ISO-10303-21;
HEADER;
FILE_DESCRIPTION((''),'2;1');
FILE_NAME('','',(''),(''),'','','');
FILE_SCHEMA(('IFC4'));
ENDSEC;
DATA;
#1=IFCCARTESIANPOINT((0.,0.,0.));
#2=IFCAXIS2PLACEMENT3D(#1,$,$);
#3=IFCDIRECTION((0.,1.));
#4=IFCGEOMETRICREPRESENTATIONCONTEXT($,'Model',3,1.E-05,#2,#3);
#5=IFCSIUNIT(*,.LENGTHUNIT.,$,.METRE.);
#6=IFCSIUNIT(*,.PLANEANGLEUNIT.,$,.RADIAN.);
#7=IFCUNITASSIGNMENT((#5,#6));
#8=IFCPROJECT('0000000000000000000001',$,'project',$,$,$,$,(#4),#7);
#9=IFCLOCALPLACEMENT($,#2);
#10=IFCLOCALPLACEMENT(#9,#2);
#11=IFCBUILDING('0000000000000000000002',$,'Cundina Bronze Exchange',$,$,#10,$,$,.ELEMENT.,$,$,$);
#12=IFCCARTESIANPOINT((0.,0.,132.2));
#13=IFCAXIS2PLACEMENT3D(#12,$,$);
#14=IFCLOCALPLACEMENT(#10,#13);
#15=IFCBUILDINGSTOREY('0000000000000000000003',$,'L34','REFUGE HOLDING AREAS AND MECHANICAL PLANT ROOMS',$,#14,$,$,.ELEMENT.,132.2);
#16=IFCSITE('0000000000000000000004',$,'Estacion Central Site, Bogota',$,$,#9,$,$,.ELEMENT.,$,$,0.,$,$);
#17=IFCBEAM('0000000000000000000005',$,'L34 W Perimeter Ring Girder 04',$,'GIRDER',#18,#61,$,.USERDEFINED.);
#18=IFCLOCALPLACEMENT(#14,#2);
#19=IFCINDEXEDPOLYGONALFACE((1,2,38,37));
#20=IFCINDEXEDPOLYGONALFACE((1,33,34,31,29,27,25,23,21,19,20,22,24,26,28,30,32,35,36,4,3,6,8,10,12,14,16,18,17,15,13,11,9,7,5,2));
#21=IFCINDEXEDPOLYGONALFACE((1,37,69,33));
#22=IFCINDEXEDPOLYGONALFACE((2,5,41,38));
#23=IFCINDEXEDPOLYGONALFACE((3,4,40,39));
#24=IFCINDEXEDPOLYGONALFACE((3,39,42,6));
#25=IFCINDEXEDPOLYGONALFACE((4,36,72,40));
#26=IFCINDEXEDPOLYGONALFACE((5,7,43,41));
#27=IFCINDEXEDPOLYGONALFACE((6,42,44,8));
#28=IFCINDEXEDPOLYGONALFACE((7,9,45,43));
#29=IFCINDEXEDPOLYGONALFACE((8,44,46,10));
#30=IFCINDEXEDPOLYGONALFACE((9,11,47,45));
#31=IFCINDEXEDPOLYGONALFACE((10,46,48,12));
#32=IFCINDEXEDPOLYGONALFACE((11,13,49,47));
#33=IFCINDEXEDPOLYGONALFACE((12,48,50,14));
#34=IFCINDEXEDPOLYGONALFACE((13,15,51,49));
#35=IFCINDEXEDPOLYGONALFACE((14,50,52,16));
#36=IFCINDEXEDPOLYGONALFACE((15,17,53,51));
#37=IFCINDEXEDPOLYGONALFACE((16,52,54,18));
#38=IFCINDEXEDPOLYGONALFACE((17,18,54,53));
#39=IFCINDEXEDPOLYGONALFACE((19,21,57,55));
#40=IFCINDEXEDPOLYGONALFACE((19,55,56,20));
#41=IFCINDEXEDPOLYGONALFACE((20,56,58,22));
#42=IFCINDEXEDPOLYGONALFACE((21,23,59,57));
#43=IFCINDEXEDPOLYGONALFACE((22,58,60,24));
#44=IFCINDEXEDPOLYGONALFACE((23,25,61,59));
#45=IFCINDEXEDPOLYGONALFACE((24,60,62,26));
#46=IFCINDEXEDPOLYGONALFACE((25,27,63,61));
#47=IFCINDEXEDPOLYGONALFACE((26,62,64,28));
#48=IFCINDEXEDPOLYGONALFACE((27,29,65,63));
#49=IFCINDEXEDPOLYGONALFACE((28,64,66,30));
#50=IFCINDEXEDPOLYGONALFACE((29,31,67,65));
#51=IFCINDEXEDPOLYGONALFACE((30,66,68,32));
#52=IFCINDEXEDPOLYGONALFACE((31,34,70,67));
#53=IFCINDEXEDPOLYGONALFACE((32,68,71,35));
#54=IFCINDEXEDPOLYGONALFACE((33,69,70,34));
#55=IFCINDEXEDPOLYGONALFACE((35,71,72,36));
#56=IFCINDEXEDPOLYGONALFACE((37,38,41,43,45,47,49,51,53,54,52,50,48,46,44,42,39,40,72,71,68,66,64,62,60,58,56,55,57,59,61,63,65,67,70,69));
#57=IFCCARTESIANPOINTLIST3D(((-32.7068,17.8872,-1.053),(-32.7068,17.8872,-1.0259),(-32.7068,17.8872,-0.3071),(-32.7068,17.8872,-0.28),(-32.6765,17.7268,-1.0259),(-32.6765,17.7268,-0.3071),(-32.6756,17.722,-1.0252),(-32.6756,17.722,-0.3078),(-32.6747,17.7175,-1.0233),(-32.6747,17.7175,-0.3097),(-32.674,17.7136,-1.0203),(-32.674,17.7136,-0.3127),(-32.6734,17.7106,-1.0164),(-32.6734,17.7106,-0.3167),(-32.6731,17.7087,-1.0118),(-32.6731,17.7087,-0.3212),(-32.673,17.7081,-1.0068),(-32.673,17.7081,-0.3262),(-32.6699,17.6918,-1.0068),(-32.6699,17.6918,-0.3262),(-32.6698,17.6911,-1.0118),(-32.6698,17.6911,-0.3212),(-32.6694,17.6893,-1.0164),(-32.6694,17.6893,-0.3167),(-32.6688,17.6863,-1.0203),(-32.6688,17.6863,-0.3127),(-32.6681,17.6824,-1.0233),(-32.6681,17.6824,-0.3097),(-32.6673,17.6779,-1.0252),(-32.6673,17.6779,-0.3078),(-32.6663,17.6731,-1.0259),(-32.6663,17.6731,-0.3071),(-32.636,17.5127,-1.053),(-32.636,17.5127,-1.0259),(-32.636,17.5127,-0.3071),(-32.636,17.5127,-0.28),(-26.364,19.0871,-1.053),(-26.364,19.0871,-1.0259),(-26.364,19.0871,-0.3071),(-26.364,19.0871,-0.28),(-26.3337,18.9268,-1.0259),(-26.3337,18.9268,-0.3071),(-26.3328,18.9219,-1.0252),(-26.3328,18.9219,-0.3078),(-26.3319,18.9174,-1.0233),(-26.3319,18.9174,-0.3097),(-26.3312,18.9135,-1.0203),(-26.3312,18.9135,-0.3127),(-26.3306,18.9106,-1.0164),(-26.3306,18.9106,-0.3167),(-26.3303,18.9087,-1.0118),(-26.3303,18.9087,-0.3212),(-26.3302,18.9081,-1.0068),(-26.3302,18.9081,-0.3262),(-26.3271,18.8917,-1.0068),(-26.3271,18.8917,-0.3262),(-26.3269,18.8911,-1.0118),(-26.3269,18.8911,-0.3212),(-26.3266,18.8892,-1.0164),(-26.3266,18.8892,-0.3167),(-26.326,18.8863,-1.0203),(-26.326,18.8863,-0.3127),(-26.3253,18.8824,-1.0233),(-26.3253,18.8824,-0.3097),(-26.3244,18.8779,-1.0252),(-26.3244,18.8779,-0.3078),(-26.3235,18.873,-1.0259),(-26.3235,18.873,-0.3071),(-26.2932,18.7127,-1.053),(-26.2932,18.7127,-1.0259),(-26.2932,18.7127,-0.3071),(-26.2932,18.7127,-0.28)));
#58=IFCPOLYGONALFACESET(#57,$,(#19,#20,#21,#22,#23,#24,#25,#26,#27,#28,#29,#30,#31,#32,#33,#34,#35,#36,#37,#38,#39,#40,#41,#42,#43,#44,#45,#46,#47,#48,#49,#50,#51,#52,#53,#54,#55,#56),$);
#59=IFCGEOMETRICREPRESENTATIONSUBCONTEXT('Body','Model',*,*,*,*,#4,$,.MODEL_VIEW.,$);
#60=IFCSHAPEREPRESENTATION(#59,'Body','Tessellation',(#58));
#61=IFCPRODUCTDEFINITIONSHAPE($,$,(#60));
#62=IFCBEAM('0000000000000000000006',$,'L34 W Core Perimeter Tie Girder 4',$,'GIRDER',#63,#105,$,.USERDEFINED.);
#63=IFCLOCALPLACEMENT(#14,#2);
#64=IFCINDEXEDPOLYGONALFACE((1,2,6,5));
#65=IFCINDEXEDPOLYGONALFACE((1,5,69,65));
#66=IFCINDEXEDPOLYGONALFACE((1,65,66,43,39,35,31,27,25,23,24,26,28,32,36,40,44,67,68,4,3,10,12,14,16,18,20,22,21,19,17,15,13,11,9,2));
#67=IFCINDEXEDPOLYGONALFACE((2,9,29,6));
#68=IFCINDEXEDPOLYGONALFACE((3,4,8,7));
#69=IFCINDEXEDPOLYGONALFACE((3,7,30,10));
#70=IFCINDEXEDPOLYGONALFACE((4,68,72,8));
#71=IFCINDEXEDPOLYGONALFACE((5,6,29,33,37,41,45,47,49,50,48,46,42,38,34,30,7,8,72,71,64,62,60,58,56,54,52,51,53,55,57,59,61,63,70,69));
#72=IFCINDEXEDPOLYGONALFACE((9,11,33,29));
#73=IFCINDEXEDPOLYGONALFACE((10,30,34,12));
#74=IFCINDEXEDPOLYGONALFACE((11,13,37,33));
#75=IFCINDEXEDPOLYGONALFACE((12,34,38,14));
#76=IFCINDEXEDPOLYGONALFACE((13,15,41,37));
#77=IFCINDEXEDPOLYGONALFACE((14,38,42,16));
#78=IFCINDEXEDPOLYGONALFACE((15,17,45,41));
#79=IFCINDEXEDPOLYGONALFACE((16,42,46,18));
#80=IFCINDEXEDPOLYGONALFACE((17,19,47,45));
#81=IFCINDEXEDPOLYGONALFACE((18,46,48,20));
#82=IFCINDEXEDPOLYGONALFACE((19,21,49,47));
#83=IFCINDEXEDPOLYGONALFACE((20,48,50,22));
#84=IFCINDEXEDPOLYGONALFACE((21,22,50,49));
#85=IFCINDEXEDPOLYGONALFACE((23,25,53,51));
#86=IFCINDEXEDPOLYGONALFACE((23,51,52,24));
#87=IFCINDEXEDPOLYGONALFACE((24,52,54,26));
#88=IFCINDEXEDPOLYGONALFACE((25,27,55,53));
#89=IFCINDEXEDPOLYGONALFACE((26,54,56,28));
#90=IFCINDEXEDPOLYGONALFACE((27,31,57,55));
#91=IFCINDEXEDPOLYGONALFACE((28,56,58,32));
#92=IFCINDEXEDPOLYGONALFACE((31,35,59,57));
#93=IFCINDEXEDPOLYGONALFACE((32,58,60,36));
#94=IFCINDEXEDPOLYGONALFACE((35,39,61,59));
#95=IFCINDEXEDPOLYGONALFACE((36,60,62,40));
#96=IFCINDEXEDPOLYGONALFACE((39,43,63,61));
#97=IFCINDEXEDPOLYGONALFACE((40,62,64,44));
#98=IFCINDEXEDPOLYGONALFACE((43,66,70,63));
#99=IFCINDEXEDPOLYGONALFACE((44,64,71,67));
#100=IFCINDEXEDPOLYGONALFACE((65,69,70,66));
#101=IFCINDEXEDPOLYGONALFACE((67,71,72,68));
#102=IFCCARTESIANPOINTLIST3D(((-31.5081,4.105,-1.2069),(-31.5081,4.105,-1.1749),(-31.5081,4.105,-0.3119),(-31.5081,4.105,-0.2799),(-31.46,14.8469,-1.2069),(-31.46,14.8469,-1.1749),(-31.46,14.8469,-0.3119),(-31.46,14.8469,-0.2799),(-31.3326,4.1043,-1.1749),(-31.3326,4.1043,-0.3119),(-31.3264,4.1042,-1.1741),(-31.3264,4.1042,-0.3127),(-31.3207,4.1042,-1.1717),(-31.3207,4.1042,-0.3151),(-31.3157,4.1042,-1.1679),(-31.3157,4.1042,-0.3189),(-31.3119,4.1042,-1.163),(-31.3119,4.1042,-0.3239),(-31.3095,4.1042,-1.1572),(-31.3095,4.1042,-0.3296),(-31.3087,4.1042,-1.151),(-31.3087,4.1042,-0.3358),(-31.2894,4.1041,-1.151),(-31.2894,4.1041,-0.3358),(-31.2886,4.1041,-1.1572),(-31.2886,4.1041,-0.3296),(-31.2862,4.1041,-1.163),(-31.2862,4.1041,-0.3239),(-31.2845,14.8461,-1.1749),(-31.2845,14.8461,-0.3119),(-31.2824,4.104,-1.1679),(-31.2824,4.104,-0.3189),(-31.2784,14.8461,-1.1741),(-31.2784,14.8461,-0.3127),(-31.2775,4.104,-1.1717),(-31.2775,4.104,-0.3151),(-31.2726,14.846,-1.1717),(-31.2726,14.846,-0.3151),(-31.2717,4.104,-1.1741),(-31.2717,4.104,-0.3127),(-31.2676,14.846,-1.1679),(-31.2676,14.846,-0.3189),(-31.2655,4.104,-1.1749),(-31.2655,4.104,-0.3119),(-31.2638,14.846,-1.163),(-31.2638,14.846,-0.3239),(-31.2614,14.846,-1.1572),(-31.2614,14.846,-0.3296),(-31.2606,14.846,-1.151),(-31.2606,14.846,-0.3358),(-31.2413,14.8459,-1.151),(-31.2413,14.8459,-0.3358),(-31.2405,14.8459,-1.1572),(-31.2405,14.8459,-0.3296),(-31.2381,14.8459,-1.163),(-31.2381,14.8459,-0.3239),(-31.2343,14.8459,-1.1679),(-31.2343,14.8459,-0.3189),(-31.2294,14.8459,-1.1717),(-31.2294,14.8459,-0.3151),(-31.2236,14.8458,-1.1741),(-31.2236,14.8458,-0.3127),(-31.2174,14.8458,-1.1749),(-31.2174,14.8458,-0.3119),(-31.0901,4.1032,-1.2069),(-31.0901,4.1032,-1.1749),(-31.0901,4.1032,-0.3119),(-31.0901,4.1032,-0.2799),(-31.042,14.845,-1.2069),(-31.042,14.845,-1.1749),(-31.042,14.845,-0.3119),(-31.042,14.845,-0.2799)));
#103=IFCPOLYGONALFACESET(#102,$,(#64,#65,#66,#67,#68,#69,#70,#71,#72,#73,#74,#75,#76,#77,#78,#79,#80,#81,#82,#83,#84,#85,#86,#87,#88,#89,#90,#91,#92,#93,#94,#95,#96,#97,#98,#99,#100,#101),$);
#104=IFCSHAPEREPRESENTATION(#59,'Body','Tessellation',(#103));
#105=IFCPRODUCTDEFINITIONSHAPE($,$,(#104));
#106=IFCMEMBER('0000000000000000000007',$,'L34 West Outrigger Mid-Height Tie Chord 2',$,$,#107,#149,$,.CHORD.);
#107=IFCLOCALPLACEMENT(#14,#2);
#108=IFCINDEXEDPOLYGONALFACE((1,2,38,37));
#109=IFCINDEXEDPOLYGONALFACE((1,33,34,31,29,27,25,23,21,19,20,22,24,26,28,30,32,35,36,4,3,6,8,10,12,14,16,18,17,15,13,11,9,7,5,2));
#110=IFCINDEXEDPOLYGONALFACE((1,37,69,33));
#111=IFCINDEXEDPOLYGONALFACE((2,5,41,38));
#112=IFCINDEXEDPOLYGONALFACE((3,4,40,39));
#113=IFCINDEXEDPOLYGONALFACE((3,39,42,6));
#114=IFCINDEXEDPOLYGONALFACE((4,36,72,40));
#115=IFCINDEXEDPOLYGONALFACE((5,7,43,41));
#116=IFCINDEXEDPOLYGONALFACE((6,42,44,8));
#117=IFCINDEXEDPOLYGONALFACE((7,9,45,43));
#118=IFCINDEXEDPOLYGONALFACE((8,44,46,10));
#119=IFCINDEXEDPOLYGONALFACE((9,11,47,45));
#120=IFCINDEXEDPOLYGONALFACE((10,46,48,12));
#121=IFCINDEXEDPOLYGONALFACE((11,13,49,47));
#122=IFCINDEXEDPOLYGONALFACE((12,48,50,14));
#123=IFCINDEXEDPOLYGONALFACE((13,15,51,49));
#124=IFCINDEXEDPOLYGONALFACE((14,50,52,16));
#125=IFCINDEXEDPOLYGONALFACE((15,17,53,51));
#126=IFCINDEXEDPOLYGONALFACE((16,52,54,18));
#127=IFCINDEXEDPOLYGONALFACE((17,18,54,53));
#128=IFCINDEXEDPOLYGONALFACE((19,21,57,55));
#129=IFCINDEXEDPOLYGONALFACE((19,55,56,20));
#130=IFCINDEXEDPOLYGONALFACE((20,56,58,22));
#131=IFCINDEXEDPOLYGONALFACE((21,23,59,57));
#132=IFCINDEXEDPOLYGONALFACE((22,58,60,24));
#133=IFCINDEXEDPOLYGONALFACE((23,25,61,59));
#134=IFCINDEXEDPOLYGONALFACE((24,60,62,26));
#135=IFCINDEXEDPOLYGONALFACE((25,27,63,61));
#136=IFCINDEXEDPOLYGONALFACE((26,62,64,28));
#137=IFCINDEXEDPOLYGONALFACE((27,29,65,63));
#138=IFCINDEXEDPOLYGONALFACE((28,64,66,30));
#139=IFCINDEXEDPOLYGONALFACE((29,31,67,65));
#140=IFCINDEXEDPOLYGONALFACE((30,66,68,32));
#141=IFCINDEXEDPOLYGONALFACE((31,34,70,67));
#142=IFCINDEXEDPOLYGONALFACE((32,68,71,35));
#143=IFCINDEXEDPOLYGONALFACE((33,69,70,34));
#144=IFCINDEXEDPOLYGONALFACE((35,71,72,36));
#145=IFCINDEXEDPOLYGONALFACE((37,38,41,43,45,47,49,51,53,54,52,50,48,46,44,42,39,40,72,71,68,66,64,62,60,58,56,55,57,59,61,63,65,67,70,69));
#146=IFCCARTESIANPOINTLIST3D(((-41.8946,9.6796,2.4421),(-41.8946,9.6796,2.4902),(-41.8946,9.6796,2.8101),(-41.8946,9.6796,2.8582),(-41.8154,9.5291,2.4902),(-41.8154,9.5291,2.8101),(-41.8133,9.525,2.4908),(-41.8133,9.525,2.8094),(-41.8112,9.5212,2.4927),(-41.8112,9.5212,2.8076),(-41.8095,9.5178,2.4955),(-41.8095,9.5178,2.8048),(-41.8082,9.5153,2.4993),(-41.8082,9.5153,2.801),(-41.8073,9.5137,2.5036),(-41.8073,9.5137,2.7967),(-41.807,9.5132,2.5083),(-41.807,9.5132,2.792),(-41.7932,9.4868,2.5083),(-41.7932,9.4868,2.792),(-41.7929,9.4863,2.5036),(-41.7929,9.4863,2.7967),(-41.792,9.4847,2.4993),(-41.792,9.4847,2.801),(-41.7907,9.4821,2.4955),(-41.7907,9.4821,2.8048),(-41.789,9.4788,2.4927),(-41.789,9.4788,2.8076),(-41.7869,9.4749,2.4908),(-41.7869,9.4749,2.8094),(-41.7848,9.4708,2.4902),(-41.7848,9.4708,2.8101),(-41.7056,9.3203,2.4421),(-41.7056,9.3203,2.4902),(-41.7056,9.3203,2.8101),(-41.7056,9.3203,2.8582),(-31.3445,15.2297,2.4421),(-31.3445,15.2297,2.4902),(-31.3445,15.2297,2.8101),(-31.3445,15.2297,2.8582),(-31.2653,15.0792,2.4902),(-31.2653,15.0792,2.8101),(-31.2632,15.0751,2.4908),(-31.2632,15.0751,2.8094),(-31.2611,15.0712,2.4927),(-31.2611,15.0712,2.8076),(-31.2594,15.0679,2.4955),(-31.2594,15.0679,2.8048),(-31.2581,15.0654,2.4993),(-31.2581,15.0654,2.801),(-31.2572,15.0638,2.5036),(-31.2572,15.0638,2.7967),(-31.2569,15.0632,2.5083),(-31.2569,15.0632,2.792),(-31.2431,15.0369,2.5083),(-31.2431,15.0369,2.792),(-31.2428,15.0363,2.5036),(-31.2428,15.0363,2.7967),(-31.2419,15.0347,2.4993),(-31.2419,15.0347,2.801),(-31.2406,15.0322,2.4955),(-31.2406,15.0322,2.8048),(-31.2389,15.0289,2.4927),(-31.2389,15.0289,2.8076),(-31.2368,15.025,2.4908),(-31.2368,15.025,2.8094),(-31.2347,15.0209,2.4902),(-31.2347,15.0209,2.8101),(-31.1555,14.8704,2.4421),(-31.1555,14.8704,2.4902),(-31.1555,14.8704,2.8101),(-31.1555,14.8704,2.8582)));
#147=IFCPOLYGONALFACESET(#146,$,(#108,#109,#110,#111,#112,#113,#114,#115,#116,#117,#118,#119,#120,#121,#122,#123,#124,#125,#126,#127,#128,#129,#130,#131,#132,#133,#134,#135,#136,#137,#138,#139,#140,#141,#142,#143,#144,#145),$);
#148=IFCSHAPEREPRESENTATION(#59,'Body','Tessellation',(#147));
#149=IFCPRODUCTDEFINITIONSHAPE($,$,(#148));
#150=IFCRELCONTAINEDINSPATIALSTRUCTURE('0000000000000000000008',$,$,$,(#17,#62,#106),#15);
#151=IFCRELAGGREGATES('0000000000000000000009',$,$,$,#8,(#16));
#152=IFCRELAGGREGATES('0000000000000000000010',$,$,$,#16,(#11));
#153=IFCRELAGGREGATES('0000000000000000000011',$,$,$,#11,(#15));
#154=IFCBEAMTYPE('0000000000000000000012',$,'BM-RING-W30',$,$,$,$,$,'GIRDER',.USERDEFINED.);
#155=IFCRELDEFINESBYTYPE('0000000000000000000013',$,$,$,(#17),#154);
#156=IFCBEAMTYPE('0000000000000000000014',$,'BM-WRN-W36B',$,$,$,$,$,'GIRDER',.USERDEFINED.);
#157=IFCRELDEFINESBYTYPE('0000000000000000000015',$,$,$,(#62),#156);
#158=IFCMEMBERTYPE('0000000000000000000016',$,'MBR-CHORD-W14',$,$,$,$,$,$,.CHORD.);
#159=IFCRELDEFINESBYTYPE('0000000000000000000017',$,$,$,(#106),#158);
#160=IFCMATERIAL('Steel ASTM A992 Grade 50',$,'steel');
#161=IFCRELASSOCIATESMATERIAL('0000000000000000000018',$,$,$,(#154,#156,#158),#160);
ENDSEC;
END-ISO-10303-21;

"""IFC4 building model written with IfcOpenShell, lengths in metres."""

from ifc_helpers import new_model, si_unit, direction, frame, origin, origin_2d, place, context, subcontext, project, spatial, i_section, extrude, material, material_profile, profile_set, type_object, element, save


model = new_model("IFC4")

# Units and contexts
model_context = context("Model", 3, precision=1e-05, world=origin(), true_north=direction((0.0, 1.0)))
body_context = subcontext(model_context, "Body", "Model", "MODEL_VIEW")
ifc_project = project(units=[si_unit("LENGTHUNIT", "METRE"), si_unit("PLANEANGLEUNIT", "RADIAN")], contexts=[model_context])

# Site, building, storey
site_placement = place(None, origin())
site = spatial("IfcSite", under=ifc_project, at=site_placement, Name="Estacion Central Site, Bogota", CompositionType="ELEMENT", RefElevation=0.0)
building_placement = place(site_placement, origin())
building = spatial("IfcBuilding", under=site, at=building_placement, Name="Cundina Bronze Exchange", CompositionType="ELEMENT")
storey_placement = place(building_placement, frame((0.0, 0.0, 132.2)))
storey = spatial("IfcBuildingStorey", under=building, at=storey_placement, Name="L34", Description="REFUGE HOLDING AREAS AND MECHANICAL PLANT ROOMS", CompositionType="ELEMENT", Elevation=132.2)

# Shared definitions
ifc_material_1 = material(Name="Steel ASTM A992 Grade 50", Category="steel")

# Beams
ifc_material_profile_1 = material_profile(ifc_material_1, i_section(OverallWidth=0.3811, OverallDepth=0.7729, WebThickness=0.0166, FlangeThickness=0.0271, FilletRadius=0.019, at=origin_2d()), Name="W30X173", Category="steel")
ifc_profile_set_1 = profile_set([ifc_material_profile_1], Name="Steel ASTM A992 Grade 50")
beam_type_1 = type_object("IfcBeamType", Name="BM-RING-W30", ElementType="GIRDER", PredefinedType="USERDEFINED", material=ifc_profile_set_1)
beam_1_placement = place(storey_placement, frame((-26.3286, 18.8999, -0.6665), z_axis=(-0.982571, -0.185887, 0.0), x_axis=(0.185887, -0.982571, 0.0)))
element("IfcBeam", 1, at=beam_1_placement, inside=storey, type_object=beam_type_1, Name="L34 W Perimeter Ring Girder 04", ObjectType="GIRDER", PredefinedType="USERDEFINED", context=body_context, shape_type="SweptSolid", body=[
    extrude(i_section(OverallWidth=0.3811, OverallDepth=0.7729, WebThickness=0.0166, FlangeThickness=0.0271, FilletRadius=0.019, at=origin_2d()), origin(), (0.0, 0.0, 1.0), 6.4553),
])
ifc_material_profile_2 = material_profile(ifc_material_1, i_section(OverallWidth=0.418, OverallDepth=0.927, WebThickness=0.0193, FlangeThickness=0.032, FilletRadius=0.0239, at=origin_2d()), Name="W36X231", Category="steel")
ifc_profile_set_2 = profile_set([ifc_material_profile_2], Name="Steel ASTM A992 Grade 50")
beam_type_2 = type_object("IfcBeamType", Name="BM-WRN-W36B", ElementType="GIRDER", PredefinedType="USERDEFINED", material=ifc_profile_set_2)
beam_2_placement = place(storey_placement, frame((-31.251, 14.8459, -0.7434), z_axis=(-0.004477, -0.99999, 0.0), x_axis=(0.99999, -0.004477, 0.0)))
element("IfcBeam", 2, at=beam_2_placement, inside=storey, type_object=beam_type_2, Name="L34 W Core Perimeter Tie Girder 4", ObjectType="GIRDER", PredefinedType="USERDEFINED", context=body_context, shape_type="SweptSolid", body=[
    extrude(i_section(OverallWidth=0.418, OverallDepth=0.927, WebThickness=0.0193, FlangeThickness=0.032, FilletRadius=0.0239, at=origin_2d()), origin(), (0.0, 0.0, 1.0), 10.7419),
])

# Member
ifc_material_profile_3 = material_profile(ifc_material_1, i_section(OverallWidth=0.406, OverallDepth=0.416, WebThickness=0.0298, FlangeThickness=0.0481, FilletRadius=0.0181, at=origin_2d()), Name="W14X257", Category="steel")
ifc_profile_set_3 = profile_set([ifc_material_profile_3], Name="Steel ASTM A992 Grade 50")
member_type_1 = type_object("IfcMemberType", Name="MBR-CHORD-W14", PredefinedType="CHORD", material=ifc_profile_set_3)
member_1_placement = place(storey_placement, frame((-31.25, 15.05, 2.6501), z_axis=(-0.885008, -0.465575, 0.0), x_axis=(0.465575, -0.885008, 0.0)))
element("IfcMember", 3, at=member_1_placement, inside=storey, type_object=member_type_1, Name="L34 West Outrigger Mid-Height Tie Chord 2", PredefinedType="CHORD", context=body_context, shape_type="SweptSolid", body=[
    extrude(i_section(OverallWidth=0.406, OverallDepth=0.416, WebThickness=0.0298, FlangeThickness=0.0481, FilletRadius=0.0181, at=origin_2d()), origin(), (0.0, 0.0, 1.0), 11.9209),
])

save(model, "model.ifc")
